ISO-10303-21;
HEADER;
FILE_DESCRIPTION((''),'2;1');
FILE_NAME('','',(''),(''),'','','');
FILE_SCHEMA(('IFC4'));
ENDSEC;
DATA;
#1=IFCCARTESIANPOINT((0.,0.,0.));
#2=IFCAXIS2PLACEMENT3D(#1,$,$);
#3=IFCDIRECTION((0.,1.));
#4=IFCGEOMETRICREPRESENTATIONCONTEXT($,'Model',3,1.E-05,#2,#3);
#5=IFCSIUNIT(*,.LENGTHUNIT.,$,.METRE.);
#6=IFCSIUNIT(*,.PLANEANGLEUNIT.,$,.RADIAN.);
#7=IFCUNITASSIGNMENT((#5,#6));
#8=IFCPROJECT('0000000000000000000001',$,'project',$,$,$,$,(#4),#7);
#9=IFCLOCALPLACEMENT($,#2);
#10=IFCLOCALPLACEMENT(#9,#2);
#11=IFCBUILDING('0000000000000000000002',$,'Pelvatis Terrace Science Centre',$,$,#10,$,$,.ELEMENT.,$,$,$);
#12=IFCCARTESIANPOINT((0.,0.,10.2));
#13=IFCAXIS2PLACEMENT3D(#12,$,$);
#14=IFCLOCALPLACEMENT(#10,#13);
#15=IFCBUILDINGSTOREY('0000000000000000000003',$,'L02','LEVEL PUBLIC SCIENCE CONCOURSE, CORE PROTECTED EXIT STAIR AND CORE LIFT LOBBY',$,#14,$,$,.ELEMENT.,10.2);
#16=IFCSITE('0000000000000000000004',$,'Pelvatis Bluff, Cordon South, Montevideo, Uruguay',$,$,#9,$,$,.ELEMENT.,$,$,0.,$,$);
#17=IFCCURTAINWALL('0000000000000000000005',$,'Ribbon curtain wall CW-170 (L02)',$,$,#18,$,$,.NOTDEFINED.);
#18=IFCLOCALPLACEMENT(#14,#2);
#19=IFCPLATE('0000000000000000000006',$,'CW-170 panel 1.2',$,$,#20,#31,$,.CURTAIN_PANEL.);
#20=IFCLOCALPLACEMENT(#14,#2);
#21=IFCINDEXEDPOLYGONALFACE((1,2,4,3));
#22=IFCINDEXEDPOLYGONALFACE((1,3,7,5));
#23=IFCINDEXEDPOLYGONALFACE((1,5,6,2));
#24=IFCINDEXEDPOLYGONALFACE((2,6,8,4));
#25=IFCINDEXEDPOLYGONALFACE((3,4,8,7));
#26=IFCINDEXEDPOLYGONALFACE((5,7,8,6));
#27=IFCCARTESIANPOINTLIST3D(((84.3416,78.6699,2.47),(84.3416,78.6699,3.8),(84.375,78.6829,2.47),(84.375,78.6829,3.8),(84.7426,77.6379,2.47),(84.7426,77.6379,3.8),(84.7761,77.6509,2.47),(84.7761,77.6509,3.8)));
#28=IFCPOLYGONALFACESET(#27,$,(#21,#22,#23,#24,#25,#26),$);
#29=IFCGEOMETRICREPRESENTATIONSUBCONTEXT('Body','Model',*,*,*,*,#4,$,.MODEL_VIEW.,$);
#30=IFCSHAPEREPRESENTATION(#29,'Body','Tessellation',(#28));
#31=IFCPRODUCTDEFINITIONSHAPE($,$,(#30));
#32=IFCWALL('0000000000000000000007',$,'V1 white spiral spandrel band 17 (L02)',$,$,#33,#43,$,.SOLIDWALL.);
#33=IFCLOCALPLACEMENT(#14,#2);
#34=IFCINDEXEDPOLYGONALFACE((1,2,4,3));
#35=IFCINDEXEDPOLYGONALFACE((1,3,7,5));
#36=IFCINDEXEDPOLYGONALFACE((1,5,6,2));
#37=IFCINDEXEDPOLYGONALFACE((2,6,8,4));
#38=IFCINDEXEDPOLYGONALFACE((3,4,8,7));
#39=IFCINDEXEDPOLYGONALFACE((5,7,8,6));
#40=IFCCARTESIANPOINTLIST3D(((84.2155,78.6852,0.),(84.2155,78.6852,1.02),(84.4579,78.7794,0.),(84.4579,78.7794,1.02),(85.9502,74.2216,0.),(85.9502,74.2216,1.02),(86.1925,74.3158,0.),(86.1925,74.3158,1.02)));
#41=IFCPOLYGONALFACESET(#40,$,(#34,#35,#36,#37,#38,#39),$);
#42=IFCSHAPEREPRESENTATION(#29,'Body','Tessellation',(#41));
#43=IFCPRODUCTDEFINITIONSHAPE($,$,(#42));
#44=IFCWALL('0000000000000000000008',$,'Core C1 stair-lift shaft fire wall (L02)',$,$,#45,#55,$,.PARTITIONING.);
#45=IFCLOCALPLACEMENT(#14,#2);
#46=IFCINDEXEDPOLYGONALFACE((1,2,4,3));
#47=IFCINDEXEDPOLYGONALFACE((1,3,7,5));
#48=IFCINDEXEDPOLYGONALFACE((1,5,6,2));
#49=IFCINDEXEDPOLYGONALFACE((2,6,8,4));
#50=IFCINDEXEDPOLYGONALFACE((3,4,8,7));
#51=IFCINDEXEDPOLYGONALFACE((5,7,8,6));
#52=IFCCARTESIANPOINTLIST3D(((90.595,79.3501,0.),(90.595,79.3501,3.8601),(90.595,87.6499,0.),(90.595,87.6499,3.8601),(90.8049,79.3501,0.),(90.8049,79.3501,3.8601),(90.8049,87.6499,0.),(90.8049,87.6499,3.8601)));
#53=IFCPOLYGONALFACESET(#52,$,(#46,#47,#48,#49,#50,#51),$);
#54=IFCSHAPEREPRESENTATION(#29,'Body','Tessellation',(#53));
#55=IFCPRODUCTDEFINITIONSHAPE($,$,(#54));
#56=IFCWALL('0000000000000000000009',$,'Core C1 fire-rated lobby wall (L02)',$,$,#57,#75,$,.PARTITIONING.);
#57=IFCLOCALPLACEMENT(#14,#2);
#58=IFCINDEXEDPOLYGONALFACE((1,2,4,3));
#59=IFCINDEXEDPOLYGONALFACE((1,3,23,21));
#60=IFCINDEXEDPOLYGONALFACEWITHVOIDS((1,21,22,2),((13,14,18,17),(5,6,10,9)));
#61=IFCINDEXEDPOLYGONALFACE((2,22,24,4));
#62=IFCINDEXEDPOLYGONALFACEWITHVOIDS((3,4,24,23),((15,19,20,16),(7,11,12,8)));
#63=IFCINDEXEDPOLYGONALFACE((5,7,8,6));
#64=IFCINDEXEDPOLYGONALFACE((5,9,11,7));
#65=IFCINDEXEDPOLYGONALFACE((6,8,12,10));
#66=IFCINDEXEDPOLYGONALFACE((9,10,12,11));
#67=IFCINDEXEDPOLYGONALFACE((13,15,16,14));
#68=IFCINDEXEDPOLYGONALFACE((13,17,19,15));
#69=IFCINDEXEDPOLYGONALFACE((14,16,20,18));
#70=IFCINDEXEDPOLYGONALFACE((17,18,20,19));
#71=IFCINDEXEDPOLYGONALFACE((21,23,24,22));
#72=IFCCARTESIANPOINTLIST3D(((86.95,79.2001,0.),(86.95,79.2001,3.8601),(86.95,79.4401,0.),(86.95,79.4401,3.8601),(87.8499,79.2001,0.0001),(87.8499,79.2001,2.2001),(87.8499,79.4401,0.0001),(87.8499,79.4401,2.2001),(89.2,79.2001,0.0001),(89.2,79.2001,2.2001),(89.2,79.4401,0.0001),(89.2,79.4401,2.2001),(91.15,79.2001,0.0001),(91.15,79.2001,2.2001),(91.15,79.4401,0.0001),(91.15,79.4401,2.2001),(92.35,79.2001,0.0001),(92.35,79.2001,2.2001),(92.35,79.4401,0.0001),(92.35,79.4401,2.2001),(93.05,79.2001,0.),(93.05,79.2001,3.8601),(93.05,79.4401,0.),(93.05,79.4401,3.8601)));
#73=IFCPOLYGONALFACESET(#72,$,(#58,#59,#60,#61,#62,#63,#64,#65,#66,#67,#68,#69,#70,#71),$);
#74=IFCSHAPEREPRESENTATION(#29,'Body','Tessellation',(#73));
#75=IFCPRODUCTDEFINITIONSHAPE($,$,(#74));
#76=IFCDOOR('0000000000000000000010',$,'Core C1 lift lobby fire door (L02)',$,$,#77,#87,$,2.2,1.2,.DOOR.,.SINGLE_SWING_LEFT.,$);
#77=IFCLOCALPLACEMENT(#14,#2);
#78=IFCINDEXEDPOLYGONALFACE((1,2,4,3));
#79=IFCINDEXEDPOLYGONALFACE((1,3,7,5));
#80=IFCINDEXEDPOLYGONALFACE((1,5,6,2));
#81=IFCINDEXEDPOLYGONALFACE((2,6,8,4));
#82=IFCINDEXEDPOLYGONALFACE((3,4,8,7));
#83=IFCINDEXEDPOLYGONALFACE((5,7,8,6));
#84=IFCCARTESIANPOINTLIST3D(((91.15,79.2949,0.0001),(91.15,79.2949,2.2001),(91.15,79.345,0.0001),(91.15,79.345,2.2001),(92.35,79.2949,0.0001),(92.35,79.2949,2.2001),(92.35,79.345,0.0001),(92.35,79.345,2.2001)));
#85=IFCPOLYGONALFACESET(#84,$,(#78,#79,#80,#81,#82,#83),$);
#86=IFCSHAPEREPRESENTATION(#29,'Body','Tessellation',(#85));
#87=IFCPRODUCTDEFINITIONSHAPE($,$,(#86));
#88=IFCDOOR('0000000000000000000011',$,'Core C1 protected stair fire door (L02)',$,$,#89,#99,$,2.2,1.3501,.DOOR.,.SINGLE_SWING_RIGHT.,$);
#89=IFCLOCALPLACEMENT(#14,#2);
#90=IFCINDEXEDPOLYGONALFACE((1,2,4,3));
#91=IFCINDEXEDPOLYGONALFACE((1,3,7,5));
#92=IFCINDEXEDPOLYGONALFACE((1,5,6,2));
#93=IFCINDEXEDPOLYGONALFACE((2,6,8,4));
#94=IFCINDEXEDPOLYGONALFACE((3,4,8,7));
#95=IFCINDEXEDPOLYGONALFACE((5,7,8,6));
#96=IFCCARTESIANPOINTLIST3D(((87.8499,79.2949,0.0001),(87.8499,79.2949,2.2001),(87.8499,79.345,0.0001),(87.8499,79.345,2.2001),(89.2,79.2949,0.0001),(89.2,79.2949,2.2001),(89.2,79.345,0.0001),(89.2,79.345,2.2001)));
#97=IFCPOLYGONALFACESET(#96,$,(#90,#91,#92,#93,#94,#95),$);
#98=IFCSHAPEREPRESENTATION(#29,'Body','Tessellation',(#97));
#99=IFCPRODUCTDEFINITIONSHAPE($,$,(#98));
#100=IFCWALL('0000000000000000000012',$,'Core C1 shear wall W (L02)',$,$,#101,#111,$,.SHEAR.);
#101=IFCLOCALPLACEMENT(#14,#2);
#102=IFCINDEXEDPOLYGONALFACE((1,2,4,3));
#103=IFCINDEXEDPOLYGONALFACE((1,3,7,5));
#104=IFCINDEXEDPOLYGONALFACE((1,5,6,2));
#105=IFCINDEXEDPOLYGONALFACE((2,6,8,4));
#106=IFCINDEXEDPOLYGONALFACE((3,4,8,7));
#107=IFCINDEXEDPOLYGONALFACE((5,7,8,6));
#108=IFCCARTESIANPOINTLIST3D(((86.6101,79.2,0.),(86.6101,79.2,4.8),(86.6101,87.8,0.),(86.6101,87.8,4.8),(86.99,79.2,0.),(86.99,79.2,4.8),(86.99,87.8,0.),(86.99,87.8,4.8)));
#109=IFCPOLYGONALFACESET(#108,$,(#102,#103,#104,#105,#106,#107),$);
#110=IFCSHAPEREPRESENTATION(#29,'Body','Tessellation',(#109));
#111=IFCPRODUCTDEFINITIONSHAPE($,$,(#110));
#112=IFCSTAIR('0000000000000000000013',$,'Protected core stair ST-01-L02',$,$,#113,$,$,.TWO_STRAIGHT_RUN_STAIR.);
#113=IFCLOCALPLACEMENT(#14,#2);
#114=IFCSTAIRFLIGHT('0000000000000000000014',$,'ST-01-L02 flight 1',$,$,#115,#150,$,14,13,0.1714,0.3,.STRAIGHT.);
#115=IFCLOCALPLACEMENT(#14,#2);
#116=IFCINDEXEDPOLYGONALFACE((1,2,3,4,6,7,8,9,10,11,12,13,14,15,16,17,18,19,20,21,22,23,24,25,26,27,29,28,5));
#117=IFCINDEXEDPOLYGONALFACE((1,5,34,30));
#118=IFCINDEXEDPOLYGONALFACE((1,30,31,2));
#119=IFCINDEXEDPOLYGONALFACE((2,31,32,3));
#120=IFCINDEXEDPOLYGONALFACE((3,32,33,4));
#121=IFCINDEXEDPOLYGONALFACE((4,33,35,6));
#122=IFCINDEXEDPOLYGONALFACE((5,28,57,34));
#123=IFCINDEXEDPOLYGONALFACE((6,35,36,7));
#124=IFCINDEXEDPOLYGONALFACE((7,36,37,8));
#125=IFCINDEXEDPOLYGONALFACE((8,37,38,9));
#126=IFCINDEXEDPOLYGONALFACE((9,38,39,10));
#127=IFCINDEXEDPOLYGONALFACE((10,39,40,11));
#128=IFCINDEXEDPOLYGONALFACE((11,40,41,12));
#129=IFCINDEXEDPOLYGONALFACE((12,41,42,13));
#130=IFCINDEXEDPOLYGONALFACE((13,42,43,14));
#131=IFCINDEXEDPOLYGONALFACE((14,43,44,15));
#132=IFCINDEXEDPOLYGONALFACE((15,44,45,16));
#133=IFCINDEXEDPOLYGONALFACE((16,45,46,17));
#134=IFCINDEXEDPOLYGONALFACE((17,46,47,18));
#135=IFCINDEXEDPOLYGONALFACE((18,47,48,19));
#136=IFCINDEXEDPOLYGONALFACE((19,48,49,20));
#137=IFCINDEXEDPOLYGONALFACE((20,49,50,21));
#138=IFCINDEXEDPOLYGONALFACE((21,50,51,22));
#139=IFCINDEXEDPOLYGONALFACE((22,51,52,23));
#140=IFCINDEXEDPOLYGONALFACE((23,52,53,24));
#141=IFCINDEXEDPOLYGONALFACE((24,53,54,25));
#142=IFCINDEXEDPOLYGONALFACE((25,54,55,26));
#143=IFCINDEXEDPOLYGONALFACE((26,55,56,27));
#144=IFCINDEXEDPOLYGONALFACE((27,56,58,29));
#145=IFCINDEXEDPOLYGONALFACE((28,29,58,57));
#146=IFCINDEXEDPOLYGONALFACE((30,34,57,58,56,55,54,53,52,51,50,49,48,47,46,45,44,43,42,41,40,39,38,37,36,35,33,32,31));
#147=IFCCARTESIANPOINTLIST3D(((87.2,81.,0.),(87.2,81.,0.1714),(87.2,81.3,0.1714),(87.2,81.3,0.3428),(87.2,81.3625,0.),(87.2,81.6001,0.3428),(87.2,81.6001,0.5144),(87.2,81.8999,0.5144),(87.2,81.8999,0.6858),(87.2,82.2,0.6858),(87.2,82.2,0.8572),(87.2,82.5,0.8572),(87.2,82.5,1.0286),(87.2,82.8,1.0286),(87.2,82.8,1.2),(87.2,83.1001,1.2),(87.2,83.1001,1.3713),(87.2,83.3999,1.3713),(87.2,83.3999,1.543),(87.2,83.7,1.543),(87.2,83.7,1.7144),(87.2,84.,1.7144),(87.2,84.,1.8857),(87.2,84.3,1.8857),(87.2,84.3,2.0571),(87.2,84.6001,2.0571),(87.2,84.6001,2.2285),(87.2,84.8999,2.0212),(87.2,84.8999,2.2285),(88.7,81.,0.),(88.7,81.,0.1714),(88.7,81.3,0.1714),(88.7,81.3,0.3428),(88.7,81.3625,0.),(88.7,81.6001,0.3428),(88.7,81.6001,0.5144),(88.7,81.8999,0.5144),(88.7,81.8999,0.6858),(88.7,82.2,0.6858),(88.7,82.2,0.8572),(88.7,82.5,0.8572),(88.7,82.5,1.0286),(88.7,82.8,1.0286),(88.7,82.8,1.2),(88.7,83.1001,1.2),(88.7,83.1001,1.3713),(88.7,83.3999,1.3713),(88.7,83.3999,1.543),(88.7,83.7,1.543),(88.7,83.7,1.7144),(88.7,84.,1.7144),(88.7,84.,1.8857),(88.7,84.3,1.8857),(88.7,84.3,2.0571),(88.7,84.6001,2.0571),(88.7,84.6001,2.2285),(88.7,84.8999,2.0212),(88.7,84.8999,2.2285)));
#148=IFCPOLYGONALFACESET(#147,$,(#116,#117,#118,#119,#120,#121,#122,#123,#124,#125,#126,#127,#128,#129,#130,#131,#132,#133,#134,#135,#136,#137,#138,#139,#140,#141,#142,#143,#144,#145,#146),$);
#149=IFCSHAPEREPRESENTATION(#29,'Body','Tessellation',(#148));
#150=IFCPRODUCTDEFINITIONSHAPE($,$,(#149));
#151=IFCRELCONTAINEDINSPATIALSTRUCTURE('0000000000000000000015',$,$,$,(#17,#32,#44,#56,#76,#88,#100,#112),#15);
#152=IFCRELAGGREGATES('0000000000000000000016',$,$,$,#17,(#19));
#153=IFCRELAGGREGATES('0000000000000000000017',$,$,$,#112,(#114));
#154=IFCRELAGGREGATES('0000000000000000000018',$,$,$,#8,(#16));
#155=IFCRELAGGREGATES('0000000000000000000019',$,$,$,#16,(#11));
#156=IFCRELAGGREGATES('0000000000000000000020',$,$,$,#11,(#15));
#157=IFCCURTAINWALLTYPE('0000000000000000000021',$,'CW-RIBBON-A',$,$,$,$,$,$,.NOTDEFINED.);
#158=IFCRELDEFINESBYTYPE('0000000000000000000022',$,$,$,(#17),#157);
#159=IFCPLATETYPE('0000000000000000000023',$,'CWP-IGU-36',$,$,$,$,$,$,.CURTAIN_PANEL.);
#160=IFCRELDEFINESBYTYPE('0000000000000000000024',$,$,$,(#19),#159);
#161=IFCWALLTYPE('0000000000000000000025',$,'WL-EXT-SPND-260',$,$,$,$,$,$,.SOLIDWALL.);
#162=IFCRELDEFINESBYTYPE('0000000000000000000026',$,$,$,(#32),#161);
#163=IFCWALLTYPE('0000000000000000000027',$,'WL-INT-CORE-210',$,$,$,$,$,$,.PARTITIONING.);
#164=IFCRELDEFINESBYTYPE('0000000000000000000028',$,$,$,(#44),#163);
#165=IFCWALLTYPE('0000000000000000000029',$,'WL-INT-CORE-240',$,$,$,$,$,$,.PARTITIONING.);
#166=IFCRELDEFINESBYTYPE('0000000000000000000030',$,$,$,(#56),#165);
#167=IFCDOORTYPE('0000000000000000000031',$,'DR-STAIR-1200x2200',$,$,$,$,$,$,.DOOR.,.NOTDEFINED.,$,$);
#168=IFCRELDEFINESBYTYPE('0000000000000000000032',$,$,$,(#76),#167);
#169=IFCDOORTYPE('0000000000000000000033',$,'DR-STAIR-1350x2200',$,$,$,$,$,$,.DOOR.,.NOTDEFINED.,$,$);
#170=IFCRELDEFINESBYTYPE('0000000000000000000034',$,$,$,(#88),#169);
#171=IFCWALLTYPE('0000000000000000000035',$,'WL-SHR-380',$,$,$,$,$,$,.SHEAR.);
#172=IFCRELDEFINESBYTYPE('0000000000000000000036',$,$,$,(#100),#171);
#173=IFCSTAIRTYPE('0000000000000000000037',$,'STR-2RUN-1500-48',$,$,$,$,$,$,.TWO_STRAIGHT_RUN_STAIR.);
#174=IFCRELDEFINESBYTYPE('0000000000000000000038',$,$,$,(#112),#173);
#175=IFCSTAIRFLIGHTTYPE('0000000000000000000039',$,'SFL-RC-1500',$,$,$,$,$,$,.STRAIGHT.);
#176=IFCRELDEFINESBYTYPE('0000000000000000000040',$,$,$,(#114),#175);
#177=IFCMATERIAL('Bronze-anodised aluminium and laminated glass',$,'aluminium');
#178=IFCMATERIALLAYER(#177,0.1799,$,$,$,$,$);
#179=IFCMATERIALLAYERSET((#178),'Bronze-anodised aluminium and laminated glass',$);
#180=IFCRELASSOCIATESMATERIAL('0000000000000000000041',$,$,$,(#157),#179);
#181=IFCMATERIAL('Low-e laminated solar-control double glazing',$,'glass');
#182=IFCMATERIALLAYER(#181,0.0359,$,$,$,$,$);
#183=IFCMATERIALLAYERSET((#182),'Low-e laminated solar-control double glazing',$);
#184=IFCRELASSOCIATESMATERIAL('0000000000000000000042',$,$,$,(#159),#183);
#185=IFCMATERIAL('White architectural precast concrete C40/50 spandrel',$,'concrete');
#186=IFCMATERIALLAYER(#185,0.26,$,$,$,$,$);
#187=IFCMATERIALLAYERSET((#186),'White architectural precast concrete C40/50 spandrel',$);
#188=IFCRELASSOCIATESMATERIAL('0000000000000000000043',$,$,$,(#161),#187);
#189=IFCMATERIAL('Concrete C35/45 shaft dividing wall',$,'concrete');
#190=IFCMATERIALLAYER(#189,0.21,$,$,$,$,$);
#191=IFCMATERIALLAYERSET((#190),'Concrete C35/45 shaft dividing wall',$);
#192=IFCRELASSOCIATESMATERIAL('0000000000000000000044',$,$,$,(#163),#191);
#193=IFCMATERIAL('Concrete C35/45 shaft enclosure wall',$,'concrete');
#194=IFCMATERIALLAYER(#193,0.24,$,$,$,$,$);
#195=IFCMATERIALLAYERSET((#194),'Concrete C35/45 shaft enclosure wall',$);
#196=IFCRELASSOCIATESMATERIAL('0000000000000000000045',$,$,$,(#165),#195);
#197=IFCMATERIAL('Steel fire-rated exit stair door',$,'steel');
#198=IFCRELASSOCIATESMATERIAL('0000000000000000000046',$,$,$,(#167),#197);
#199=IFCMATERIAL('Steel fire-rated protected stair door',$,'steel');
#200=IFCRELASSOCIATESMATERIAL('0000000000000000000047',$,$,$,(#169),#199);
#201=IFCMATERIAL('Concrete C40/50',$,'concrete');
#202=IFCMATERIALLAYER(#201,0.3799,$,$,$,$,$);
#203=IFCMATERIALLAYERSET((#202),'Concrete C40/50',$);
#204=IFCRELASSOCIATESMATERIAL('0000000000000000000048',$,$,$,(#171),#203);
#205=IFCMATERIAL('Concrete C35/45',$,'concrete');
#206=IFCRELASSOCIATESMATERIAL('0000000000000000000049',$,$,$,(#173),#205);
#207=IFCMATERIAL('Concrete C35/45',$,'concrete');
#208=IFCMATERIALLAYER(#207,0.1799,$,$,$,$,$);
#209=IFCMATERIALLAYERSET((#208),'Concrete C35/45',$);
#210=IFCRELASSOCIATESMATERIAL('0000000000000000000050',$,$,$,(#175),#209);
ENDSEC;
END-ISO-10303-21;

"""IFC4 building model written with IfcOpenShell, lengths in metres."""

from ifc_helpers import new_model, si_unit, direction, frame, frame_2d, origin, origin_2d, place, context, subcontext, project, spatial, polyline, rectangle, outline, extrude, material, layer, layer_set, type_object, element, fill, aggregate, save


model = new_model("IFC4")

# Units and contexts
model_context = context("Model", 3, precision=1e-05, world=origin(), true_north=direction((0.0, 1.0)))
body_context = subcontext(model_context, "Body", "Model", "MODEL_VIEW")
ifc_project = project(units=[si_unit("LENGTHUNIT", "METRE"), si_unit("PLANEANGLEUNIT", "RADIAN")], contexts=[model_context])

# Site, building, storey
site_placement = place(None, origin())
site = spatial("IfcSite", under=ifc_project, at=site_placement, Name="Pelvatis Bluff, Cordon South, Montevideo, Uruguay", CompositionType="ELEMENT", RefElevation=0.0)
building_placement = place(site_placement, origin())
building = spatial("IfcBuilding", under=site, at=building_placement, Name="Pelvatis Terrace Science Centre", CompositionType="ELEMENT")
storey_placement = place(building_placement, frame((0.0, 0.0, 10.2)))
storey = spatial("IfcBuildingStorey", under=building, at=storey_placement, Name="L02", Description="LEVEL PUBLIC SCIENCE CONCOURSE, CORE PROTECTED EXIT STAIR AND CORE LIFT LOBBY", CompositionType="ELEMENT", Elevation=10.2)

# Shared definitions
ifc_material_1 = material(Name="Bronze-anodised aluminium and laminated glass", Category="aluminium")
ifc_layer_1 = layer(ifc_material_1, 0.1799)
ifc_layer_set_1 = layer_set([ifc_layer_1], Name="Bronze-anodised aluminium and laminated glass")
curtain_wall_type = type_object("IfcCurtainWallType", Name="CW-RIBBON-A", PredefinedType="NOTDEFINED", material=ifc_layer_set_1)

# Curtain wall
curtain_wall_1_placement = place(storey_placement, origin())
curtain_wall_1 = element("IfcCurtainWall", 1, at=curtain_wall_1_placement, inside=storey, type_object=curtain_wall_type, Name="Ribbon curtain wall CW-170 (L02)", PredefinedType="NOTDEFINED")

# Plate
ifc_material_2 = material(Name="Low-e laminated solar-control double glazing", Category="glass")
ifc_layer_2 = layer(ifc_material_2, 0.0359)
ifc_layer_set_2 = layer_set([ifc_layer_2], Name="Low-e laminated solar-control double glazing")
plate_type = type_object("IfcPlateType", Name="CWP-IGU-36", PredefinedType="CURTAIN_PANEL", material=ifc_layer_set_2)
plate_1_placement = place(storey_placement, frame((84.5588, 78.1604, 2.47), z_axis=(0.0, 0.0, 1.0), x_axis=(0.362221, -0.932092, 0.0)))
plate_1 = element("IfcPlate", 2, at=plate_1_placement, type_object=plate_type, Name="CW-170 panel 1.2", PredefinedType="CURTAIN_PANEL", context=body_context, shape_type="SweptSolid", body=[
    extrude(rectangle(XDim=1.1072, YDim=0.0359, at=origin_2d()), origin(), (0.0, 0.0, 1.0), 1.3301),
])
aggregate(curtain_wall_1, [plate_1])

# Walls
ifc_material_3 = material(Name="White architectural precast concrete C40/50 spandrel", Category="concrete")
ifc_layer_3 = layer(ifc_material_3, 0.26)
ifc_layer_set_3 = layer_set([ifc_layer_3], Name="White architectural precast concrete C40/50 spandrel")
wall_type_1 = type_object("IfcWallType", Name="WL-EXT-SPND-260", PredefinedType="SOLIDWALL", material=ifc_layer_set_3)
wall_1_placement = place(storey_placement, frame((84.3367, 78.7324, 0.0), z_axis=(0.0, 0.0, 1.0), x_axis=(0.362222, -0.932092, 0.0)))
element("IfcWall", 3, at=wall_1_placement, inside=storey, type_object=wall_type_1, Name="V1 white spiral spandrel band 17 (L02)", PredefinedType="SOLIDWALL", context=body_context, shape_type="SweptSolid", body=[
    extrude(rectangle(XDim=4.7888, YDim=0.26, at=frame_2d((2.3945, 0.0))), origin(), (0.0, 0.0, 1.0), 1.02),
])
ifc_material_4 = material(Name="Concrete C35/45 shaft dividing wall", Category="concrete")
ifc_layer_4 = layer(ifc_material_4, 0.21)
ifc_layer_set_4 = layer_set([ifc_layer_4], Name="Concrete C35/45 shaft dividing wall")
wall_type_2 = type_object("IfcWallType", Name="WL-INT-CORE-210", PredefinedType="PARTITIONING", material=ifc_layer_set_4)
wall_2_placement = place(storey_placement, frame((90.7, 79.3501, 0.0), z_axis=(0.0, 0.0, 1.0), x_axis=(0.0, 1.0, 0.0)))
element("IfcWall", 4, at=wall_2_placement, inside=storey, type_object=wall_type_2, Name="Core C1 stair-lift shaft fire wall (L02)", PredefinedType="PARTITIONING", context=body_context, shape_type="SweptSolid", body=[
    extrude(rectangle(XDim=8.2998, YDim=0.21, at=frame_2d((4.1499, 0.0))), origin(), (0.0, 0.0, 1.0), 3.8601),
])

# Wall, openings, doors
ifc_material_5 = material(Name="Concrete C35/45 shaft enclosure wall", Category="concrete")
ifc_layer_5 = layer(ifc_material_5, 0.24)
ifc_layer_set_5 = layer_set([ifc_layer_5], Name="Concrete C35/45 shaft enclosure wall")
wall_type_3 = type_object("IfcWallType", Name="WL-INT-CORE-240", PredefinedType="PARTITIONING", material=ifc_layer_set_5)
wall_3_placement = place(storey_placement, frame((86.95, 79.3201, 0.0), z_axis=(0.0, 0.0, 1.0), x_axis=(1.0, 0.0, 0.0)))
wall_3 = element("IfcWall", 5, at=wall_3_placement, inside=storey, type_object=wall_type_3, Name="Core C1 fire-rated lobby wall (L02)", PredefinedType="PARTITIONING", context=body_context, shape_type="SweptSolid", body=[
    extrude(rectangle(XDim=6.1001, YDim=0.24, at=frame_2d((3.05, 0.0))), origin(), (0.0, 0.0, 1.0), 3.8601),
])
opening_1_placement = place(wall_3_placement, frame((0.8999, 0.0, 0.0)))
opening_1 = element("IfcOpeningElement", 6, at=opening_1_placement, cuts=wall_3, PredefinedType="OPENING", context=body_context, shape_type="SweptSolid", body=[
    extrude(rectangle(XDim=1.3501, YDim=2.2, at=frame_2d((0.675, 1.1001))), frame((0.0, 0.1299, 0.0), z_axis=(0.0, -1.0, 0.0), x_axis=(1.0, 0.0, 0.0)), (0.0, 0.0, 1.0), 0.26),
])
opening_2_placement = place(wall_3_placement, frame((4.2, 0.0, 0.0)))
opening_2 = element("IfcOpeningElement", 7, at=opening_2_placement, cuts=wall_3, PredefinedType="OPENING", context=body_context, shape_type="SweptSolid", body=[
    extrude(rectangle(XDim=1.2, YDim=2.2, at=frame_2d((0.6001, 1.1001))), frame((0.0, 0.1299, 0.0), z_axis=(0.0, -1.0, 0.0), x_axis=(1.0, 0.0, 0.0)), (0.0, 0.0, 1.0), 0.26),
])
ifc_material_6 = material(Name="Steel fire-rated exit stair door", Category="steel")
door_type_1 = type_object("IfcDoorType", Name="DR-STAIR-1200x2200", OperationType="NOTDEFINED", PredefinedType="DOOR", material=ifc_material_6)
door_1_placement = place(opening_2_placement, origin())
door_1 = element("IfcDoor", 8, at=door_1_placement, inside=storey, type_object=door_type_1, Name="Core C1 lift lobby fire door (L02)", OperationType="SINGLE_SWING_LEFT", OverallHeight=2.2, OverallWidth=1.2, PredefinedType="DOOR", context=body_context, shape_type="SweptSolid", body=[
    extrude(rectangle(XDim=1.2, YDim=2.2, at=frame_2d((0.6001, 1.1001))), frame((0.0, 0.0249, 0.0), z_axis=(0.0, -1.0, 0.0), x_axis=(1.0, 0.0, 0.0)), (0.0, 0.0, 1.0), 0.05),
])
fill(opening_2, door_1)
ifc_material_7 = material(Name="Steel fire-rated protected stair door", Category="steel")
door_type_2 = type_object("IfcDoorType", Name="DR-STAIR-1350x2200", OperationType="NOTDEFINED", PredefinedType="DOOR", material=ifc_material_7)
door_2_placement = place(opening_1_placement, origin())
door_2 = element("IfcDoor", 9, at=door_2_placement, inside=storey, type_object=door_type_2, Name="Core C1 protected stair fire door (L02)", OperationType="SINGLE_SWING_RIGHT", OverallHeight=2.2, OverallWidth=1.3501, PredefinedType="DOOR", context=body_context, shape_type="SweptSolid", body=[
    extrude(rectangle(XDim=1.3501, YDim=2.2, at=frame_2d((0.675, 1.1001))), frame((0.0, 0.0249, 0.0), z_axis=(0.0, -1.0, 0.0), x_axis=(1.0, 0.0, 0.0)), (0.0, 0.0, 1.0), 0.05),
])
fill(opening_1, door_2)

# Wall
ifc_material_8 = material(Name="Concrete C40/50", Category="concrete")
ifc_layer_6 = layer(ifc_material_8, 0.3799)
ifc_layer_set_6 = layer_set([ifc_layer_6], Name="Concrete C40/50")
wall_type_4 = type_object("IfcWallType", Name="WL-SHR-380", PredefinedType="SHEAR", material=ifc_layer_set_6)
wall_4_placement = place(storey_placement, frame((86.8, 79.2, 0.0), z_axis=(0.0, 0.0, 1.0), x_axis=(0.0, 1.0, 0.0)))
element("IfcWall", 10, at=wall_4_placement, inside=storey, type_object=wall_type_4, Name="Core C1 shear wall W (L02)", PredefinedType="SHEAR", context=body_context, shape_type="SweptSolid", body=[
    extrude(rectangle(XDim=8.6001, YDim=0.3799, at=frame_2d((4.3, 0.0))), origin(), (0.0, 0.0, 1.0), 4.8),
])

# Stair, stair flight
ifc_material_9 = material(Name="Concrete C35/45", Category="concrete")
stair_type = type_object("IfcStairType", Name="STR-2RUN-1500-48", PredefinedType="TWO_STRAIGHT_RUN_STAIR", material=ifc_material_9)
stair_placement = place(storey_placement, origin())
stair = element("IfcStair", 11, at=stair_placement, inside=storey, type_object=stair_type, Name="Protected core stair ST-01-L02", PredefinedType="TWO_STRAIGHT_RUN_STAIR")
ifc_material_10 = material(Name="Concrete C35/45", Category="concrete")
ifc_layer_7 = layer(ifc_material_10, 0.1799)
ifc_layer_set_7 = layer_set([ifc_layer_7], Name="Concrete C35/45")
stair_flight_type = type_object("IfcStairFlightType", Name="SFL-RC-1500", PredefinedType="STRAIGHT", material=ifc_layer_set_7)
stair_flight_placement = place(storey_placement, frame((87.95, 81.0, 0.0), z_axis=(0.0, 0.0, 1.0), x_axis=(0.0, 1.0, 0.0)))
stair_flight = element("IfcStairFlight", 12, at=stair_flight_placement, type_object=stair_flight_type, Name="ST-01-L02 flight 1", NumberOfRisers=14, NumberOfTreads=13, PredefinedType="STRAIGHT", RiserHeight=0.1714, TreadLength=0.3, context=body_context, shape_type="SweptSolid", body=[
    extrude(outline(polyline([(0.0, 0.0), (0.0, 0.1714), (0.3, 0.1714), (0.3, 0.3428), (0.6001, 0.3428), (0.6001, 0.5144), (0.8999, 0.5144), (0.8999, 0.6858), (1.2, 0.6858), (1.2, 0.8572), (1.5, 0.8572), (1.5, 1.0286), (1.8, 1.0286), (1.8, 1.2), (2.1001, 1.2), (2.1001, 1.3713), (2.3999, 1.3713), (2.3999, 1.543), (2.7, 1.543), (2.7, 1.7144), (3.0, 1.7144), (3.0, 1.8857), (3.3, 1.8857), (3.3, 2.0571), (3.6001, 2.0571), (3.6001, 2.2285), (3.8999, 2.2285), (3.8999, 2.3999), (3.8999, 2.0212), (0.3625, 0.0), (0.0, 0.0)])), frame((0.0, 0.75, 0.0), z_axis=(0.0, -1.0, 0.0), x_axis=(1.0, 0.0, 0.0)), (0.0, 0.0, 1.0), 1.5),
])
aggregate(stair, [stair_flight])

save(model, "model.ifc")
